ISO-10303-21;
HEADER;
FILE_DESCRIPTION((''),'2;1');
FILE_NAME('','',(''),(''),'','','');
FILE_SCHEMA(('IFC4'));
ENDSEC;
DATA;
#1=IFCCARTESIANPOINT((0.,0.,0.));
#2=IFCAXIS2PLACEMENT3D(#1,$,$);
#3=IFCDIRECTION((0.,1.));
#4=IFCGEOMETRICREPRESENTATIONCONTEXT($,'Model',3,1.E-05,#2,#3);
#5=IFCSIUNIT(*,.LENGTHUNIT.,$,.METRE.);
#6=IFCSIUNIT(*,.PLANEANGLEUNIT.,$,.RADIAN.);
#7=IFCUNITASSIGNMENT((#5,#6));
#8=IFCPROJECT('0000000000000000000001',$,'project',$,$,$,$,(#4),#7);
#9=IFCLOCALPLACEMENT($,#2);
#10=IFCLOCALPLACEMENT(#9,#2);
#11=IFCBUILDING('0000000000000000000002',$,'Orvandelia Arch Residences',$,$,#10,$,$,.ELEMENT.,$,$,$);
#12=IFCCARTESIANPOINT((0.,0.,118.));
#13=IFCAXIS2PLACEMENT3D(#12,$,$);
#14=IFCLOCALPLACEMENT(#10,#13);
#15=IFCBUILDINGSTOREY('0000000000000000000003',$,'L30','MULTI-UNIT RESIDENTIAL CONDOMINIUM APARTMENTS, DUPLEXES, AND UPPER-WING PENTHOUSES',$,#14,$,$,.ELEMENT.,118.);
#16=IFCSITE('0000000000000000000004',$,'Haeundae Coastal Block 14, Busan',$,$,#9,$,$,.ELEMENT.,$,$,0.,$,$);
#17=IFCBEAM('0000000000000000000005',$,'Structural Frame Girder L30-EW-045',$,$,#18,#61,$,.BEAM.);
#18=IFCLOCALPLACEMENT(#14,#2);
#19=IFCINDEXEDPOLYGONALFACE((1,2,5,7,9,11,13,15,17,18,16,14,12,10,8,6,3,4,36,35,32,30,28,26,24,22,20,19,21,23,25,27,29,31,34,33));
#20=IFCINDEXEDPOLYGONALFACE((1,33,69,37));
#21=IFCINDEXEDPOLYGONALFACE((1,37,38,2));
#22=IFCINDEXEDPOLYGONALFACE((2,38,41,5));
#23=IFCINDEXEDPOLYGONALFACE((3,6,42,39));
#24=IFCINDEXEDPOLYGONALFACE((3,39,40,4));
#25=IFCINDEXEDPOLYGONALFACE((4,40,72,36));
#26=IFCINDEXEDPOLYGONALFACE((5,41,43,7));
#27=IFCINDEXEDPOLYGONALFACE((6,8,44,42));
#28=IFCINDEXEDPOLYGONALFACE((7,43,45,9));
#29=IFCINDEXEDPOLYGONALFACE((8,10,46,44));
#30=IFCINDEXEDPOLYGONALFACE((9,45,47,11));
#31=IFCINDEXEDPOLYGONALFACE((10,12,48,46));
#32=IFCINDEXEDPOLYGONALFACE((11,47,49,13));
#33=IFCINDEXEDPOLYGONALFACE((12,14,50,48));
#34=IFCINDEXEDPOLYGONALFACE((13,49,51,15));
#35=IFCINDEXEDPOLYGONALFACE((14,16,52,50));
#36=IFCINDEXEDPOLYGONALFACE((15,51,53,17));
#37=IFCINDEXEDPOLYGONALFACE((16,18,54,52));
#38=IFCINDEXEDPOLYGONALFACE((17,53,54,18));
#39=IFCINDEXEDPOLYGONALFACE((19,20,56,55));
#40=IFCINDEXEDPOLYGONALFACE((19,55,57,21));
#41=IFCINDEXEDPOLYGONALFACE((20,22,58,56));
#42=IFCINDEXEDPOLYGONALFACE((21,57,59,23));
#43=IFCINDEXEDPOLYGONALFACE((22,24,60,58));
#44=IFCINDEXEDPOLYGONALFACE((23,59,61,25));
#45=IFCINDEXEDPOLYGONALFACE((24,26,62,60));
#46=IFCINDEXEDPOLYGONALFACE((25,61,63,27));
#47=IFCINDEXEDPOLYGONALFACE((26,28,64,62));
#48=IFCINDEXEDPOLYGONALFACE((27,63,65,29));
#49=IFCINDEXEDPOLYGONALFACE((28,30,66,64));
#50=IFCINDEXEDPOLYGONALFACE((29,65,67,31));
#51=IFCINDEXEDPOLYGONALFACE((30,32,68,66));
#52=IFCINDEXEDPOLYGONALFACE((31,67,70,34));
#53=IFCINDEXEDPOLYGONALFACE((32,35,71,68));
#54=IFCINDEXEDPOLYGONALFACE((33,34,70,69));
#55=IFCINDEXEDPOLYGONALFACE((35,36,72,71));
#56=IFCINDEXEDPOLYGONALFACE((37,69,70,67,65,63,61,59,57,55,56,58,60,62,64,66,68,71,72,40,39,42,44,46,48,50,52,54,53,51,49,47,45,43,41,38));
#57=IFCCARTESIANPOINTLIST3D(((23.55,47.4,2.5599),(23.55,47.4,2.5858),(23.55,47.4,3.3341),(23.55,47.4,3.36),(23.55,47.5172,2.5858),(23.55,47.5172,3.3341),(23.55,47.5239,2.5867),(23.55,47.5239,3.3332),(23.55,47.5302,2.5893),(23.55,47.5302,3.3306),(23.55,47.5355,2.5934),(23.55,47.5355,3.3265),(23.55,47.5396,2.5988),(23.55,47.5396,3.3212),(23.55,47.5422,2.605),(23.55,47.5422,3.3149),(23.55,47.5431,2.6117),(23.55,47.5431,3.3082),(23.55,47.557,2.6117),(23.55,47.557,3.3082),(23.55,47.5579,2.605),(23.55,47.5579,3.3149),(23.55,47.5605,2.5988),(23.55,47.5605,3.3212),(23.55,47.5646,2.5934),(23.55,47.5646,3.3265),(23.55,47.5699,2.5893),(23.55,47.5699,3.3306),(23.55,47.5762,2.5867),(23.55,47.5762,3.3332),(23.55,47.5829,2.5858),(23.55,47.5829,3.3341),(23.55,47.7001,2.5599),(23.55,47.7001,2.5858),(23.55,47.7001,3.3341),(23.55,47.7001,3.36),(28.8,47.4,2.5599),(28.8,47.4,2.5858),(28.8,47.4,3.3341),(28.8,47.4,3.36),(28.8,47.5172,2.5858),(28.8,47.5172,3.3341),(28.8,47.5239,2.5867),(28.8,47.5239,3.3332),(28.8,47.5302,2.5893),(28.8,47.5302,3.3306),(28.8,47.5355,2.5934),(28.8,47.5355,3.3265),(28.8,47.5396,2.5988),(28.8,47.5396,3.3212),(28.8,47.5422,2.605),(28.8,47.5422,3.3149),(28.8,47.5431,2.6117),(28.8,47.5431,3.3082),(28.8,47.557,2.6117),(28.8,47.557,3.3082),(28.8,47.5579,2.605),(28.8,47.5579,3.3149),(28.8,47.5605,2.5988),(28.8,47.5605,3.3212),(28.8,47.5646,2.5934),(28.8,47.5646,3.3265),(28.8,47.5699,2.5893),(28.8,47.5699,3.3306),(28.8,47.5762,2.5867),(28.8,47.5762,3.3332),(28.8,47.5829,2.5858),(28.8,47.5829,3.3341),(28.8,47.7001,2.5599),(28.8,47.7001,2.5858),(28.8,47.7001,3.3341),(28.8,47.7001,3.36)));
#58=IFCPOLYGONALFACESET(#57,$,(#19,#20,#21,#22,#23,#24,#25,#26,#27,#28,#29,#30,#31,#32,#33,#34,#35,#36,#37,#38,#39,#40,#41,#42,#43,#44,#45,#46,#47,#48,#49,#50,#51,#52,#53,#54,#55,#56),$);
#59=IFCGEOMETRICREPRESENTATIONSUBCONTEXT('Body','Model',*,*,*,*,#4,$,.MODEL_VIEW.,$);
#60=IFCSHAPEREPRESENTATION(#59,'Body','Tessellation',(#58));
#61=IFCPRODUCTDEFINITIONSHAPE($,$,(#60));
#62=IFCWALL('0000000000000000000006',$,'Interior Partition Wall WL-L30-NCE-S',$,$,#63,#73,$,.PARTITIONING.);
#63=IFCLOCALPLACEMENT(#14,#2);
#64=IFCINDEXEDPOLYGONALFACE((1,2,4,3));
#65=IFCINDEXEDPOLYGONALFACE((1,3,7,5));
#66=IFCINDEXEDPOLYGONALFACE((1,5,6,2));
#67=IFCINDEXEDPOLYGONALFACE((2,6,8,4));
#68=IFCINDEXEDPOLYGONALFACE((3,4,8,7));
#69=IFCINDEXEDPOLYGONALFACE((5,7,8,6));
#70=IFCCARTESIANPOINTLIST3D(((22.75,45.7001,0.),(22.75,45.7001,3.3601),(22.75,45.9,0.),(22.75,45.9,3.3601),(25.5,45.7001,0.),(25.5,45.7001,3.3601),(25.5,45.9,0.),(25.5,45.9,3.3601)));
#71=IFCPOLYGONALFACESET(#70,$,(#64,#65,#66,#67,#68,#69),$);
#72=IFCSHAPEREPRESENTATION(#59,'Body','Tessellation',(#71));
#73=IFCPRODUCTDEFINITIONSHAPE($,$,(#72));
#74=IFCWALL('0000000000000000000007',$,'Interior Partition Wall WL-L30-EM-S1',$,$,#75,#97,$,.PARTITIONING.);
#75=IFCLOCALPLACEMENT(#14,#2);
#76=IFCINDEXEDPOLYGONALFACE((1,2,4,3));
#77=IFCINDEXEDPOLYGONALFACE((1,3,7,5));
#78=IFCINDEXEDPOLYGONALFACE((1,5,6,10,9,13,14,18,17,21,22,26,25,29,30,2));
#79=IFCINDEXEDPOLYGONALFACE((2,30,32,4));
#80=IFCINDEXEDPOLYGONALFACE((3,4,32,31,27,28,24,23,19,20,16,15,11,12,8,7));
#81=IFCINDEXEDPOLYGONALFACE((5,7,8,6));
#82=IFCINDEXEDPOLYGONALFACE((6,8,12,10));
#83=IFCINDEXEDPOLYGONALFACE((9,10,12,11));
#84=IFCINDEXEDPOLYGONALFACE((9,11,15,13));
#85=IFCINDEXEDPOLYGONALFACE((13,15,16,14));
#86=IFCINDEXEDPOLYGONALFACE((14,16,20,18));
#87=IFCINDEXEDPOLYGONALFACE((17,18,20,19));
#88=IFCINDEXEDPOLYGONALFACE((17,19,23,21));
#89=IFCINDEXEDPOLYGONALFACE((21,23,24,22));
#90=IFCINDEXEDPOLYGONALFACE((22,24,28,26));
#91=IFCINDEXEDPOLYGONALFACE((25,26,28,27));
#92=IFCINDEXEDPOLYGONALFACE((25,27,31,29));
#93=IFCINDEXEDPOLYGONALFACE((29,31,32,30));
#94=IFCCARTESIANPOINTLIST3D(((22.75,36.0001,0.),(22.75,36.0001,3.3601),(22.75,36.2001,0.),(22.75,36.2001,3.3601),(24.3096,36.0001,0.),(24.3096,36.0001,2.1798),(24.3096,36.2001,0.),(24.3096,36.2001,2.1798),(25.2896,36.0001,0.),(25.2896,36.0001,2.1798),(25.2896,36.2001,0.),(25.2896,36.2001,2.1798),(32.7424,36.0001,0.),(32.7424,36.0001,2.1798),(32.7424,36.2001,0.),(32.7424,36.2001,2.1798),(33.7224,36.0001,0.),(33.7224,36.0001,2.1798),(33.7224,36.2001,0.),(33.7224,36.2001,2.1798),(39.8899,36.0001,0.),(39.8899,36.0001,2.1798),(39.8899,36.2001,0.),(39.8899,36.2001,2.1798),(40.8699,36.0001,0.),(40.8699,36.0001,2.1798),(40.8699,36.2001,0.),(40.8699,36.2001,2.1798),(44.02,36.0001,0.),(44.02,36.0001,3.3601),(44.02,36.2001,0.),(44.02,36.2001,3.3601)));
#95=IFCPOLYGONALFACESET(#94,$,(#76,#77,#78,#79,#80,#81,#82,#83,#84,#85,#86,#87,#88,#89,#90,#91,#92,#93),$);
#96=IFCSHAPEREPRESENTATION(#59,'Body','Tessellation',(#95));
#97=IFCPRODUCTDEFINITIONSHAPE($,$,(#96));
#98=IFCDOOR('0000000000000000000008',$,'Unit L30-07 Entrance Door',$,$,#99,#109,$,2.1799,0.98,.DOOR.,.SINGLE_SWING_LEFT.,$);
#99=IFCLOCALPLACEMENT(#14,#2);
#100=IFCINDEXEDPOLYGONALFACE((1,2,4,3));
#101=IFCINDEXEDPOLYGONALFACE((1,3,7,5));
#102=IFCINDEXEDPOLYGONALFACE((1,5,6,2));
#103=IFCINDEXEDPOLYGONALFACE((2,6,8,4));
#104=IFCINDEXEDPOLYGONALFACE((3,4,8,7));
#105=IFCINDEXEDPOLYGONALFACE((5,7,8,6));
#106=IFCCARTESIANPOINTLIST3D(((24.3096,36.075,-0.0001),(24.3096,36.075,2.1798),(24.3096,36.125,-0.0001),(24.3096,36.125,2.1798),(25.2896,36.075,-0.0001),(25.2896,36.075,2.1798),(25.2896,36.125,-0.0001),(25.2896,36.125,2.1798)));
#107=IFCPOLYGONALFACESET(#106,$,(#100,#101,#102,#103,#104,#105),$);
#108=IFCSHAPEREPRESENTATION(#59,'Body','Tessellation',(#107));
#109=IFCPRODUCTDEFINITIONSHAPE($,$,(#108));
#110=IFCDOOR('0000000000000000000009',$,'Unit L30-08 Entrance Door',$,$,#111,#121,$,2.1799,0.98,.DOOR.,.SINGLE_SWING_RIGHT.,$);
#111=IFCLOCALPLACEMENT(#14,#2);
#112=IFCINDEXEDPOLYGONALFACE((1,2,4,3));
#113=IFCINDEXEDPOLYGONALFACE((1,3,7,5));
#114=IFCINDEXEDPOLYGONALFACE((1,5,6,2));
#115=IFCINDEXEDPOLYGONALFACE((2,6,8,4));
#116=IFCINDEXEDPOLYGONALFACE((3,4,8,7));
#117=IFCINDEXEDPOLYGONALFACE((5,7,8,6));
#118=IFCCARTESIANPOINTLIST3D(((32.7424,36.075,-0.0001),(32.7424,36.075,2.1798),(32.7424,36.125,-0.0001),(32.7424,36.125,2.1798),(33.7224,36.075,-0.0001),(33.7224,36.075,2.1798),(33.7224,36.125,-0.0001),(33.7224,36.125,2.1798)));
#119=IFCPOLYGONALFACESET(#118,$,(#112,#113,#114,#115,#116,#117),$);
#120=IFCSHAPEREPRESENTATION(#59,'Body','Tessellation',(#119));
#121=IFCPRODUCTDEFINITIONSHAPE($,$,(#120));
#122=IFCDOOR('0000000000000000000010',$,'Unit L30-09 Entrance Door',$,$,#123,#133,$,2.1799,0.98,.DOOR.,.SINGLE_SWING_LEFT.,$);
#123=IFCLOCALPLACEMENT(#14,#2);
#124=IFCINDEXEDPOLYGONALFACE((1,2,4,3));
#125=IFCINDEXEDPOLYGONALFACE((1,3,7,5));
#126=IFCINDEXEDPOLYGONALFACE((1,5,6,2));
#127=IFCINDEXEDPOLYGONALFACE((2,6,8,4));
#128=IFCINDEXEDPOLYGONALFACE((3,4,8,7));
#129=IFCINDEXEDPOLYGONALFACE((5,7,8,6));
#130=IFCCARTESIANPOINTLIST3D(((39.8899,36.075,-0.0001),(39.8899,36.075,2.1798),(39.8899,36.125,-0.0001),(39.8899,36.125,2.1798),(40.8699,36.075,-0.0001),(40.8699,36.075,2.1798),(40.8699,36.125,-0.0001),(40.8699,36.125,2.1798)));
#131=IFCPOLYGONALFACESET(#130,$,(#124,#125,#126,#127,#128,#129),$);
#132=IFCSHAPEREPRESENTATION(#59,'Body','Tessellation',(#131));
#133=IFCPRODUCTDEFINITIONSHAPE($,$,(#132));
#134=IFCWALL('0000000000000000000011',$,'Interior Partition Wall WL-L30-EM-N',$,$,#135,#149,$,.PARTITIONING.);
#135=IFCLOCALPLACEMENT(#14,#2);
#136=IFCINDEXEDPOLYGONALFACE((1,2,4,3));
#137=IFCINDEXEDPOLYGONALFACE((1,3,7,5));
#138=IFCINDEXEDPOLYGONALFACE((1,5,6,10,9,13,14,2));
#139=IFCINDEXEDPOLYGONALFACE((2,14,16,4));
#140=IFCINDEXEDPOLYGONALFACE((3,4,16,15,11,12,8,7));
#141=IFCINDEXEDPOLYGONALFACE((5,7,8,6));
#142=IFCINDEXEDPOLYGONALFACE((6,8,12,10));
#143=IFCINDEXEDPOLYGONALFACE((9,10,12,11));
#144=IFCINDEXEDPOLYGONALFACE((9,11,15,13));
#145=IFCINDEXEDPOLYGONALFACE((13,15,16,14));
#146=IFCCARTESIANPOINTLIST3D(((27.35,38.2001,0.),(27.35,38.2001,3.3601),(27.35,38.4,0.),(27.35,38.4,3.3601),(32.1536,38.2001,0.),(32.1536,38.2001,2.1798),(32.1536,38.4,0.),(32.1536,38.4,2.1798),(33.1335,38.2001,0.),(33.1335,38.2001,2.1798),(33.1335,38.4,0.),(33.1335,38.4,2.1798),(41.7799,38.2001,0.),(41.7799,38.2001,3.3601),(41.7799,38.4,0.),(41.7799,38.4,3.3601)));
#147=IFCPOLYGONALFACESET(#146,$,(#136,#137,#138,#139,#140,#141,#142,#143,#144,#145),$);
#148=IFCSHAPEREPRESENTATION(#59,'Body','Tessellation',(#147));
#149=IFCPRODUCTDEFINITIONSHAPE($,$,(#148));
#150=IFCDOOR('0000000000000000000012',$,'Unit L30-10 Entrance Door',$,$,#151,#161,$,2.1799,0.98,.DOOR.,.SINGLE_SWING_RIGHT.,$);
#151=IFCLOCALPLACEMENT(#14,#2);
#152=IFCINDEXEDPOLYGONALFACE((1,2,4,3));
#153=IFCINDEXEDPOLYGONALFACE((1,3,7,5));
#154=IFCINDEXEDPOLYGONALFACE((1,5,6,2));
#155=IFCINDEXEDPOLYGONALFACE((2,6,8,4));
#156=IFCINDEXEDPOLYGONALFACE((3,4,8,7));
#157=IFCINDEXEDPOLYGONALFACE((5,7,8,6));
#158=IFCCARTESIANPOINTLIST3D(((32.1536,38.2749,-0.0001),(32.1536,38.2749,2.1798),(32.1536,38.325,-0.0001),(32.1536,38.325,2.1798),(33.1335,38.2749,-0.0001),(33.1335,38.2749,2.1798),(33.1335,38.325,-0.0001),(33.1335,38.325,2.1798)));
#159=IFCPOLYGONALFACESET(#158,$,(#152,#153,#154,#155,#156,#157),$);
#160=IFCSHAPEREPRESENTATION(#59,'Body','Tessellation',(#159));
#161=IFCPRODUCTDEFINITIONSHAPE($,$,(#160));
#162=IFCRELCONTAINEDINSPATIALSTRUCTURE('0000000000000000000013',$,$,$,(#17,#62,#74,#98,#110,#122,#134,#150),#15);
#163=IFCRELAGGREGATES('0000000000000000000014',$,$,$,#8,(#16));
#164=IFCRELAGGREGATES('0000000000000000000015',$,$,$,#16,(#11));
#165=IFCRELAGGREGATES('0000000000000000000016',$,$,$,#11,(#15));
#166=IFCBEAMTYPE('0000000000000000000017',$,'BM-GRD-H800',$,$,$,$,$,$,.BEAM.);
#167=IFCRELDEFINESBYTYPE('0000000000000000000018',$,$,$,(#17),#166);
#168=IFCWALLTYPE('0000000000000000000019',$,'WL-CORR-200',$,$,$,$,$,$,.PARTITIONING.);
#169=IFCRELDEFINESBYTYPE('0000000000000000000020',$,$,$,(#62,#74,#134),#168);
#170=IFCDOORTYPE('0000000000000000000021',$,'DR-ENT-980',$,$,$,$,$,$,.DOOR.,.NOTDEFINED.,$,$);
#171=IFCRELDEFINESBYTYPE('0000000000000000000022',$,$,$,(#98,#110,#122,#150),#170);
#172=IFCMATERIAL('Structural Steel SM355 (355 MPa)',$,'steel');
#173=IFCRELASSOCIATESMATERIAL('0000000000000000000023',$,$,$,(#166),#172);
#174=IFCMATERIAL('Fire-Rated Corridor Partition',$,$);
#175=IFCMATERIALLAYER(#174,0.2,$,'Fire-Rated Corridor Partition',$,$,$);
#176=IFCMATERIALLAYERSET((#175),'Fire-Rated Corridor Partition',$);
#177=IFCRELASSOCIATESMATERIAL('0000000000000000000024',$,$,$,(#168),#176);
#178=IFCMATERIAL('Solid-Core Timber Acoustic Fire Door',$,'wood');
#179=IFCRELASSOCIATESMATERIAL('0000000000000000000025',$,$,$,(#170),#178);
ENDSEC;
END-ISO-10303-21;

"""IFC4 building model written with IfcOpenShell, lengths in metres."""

from ifc_helpers import new_model, si_unit, direction, frame, frame_2d, origin, origin_2d, place, context, subcontext, project, spatial, rectangle, i_section, extrude, material, layer, layer_set, material_profile, profile_set, type_object, element, fill, save


model = new_model("IFC4")

# Units and contexts
model_context = context("Model", 3, precision=1e-05, world=origin(), true_north=direction((0.0, 1.0)))
body_context = subcontext(model_context, "Body", "Model", "MODEL_VIEW")
ifc_project = project(units=[si_unit("LENGTHUNIT", "METRE"), si_unit("PLANEANGLEUNIT", "RADIAN")], contexts=[model_context])

# Site, building, storey
site_placement = place(None, origin())
site = spatial("IfcSite", under=ifc_project, at=site_placement, Name="Haeundae Coastal Block 14, Busan", CompositionType="ELEMENT", RefElevation=0.0)
building_placement = place(site_placement, origin())
building = spatial("IfcBuilding", under=site, at=building_placement, Name="Orvandelia Arch Residences", CompositionType="ELEMENT")
storey_placement = place(building_placement, frame((0.0, 0.0, 118.0)))
storey = spatial("IfcBuildingStorey", under=building, at=storey_placement, Name="L30", Description="MULTI-UNIT RESIDENTIAL CONDOMINIUM APARTMENTS, DUPLEXES, AND UPPER-WING PENTHOUSES", CompositionType="ELEMENT", Elevation=118.0)

# Beam
ifc_material_1 = material(Name="Structural Steel SM355 (355 MPa)", Category="steel")
ifc_material_profile_1 = material_profile(ifc_material_1, i_section(OverallWidth=0.3, OverallDepth=0.8, WebThickness=0.0139, FlangeThickness=0.0259, FilletRadius=0.0259, at=origin_2d()), Name="Structural Steel SM355 (355 MPa)", Category="steel")
ifc_profile_set_1 = profile_set([ifc_material_profile_1], Name="Structural Steel SM355 (355 MPa)")
beam_type = type_object("IfcBeamType", Name="BM-GRD-H800", PredefinedType="BEAM", material=ifc_profile_set_1)
beam_1_placement = place(storey_placement, frame((23.55, 47.55, 2.96), z_axis=(1.0, 0.0, 0.0), x_axis=(0.0, 1.0, 0.0)))
element("IfcBeam", 1, at=beam_1_placement, inside=storey, type_object=beam_type, Name="Structural Frame Girder L30-EW-045", PredefinedType="BEAM", context=body_context, shape_type="SweptSolid", body=[
    extrude(i_section(OverallWidth=0.3, OverallDepth=0.8, WebThickness=0.0139, FlangeThickness=0.0259, FilletRadius=0.0259, at=origin_2d()), origin(), (0.0, 0.0, 1.0), 5.25),
])

# Wall
ifc_material_2 = material(Name="Fire-Rated Corridor Partition")
ifc_layer_1 = layer(ifc_material_2, 0.2, Name="Fire-Rated Corridor Partition")
ifc_layer_set_1 = layer_set([ifc_layer_1], Name="Fire-Rated Corridor Partition")
wall_type_1 = type_object("IfcWallType", Name="WL-CORR-200", PredefinedType="PARTITIONING", material=ifc_layer_set_1)
wall_1_placement = place(storey_placement, frame((22.75, 45.8, 0.0), z_axis=(0.0, 0.0, 1.0), x_axis=(1.0, 0.0, 0.0)))
element("IfcWall", 2, at=wall_1_placement, inside=storey, type_object=wall_type_1, Name="Interior Partition Wall WL-L30-NCE-S", PredefinedType="PARTITIONING", context=body_context, shape_type="SweptSolid", body=[
    extrude(rectangle(XDim=2.75, YDim=0.2, at=frame_2d((1.375, 0.0))), origin(), (0.0, 0.0, 1.0), 3.3601),
])

# Wall, openings, doors
wall_2_placement = place(storey_placement, frame((22.75, 36.1001, 0.0), z_axis=(0.0, 0.0, 1.0), x_axis=(1.0, 0.0, 0.0)))
wall_2 = element("IfcWall", 3, at=wall_2_placement, inside=storey, type_object=wall_type_1, Name="Interior Partition Wall WL-L30-EM-S1", PredefinedType="PARTITIONING", context=body_context, shape_type="SweptSolid", body=[
    extrude(rectangle(XDim=21.27, YDim=0.2, at=frame_2d((10.635, 0.0))), origin(), (0.0, 0.0, 1.0), 3.3601),
])
opening_1_placement = place(wall_2_placement, frame((1.5596, 0.0, 0.0)))
opening_1 = element("IfcOpeningElement", 4, at=opening_1_placement, cuts=wall_2, PredefinedType="OPENING", context=body_context, shape_type="SweptSolid", body=[
    extrude(rectangle(XDim=0.98, YDim=2.1799, at=frame_2d((0.49, 1.0898))), frame((0.0, 0.1099, 0.0), z_axis=(0.0, -1.0, 0.0), x_axis=(1.0, 0.0, 0.0)), (0.0, 0.0, 1.0), 0.22),
])
opening_2_placement = place(wall_2_placement, frame((9.9924, 0.0, 0.0)))
opening_2 = element("IfcOpeningElement", 5, at=opening_2_placement, cuts=wall_2, PredefinedType="OPENING", context=body_context, shape_type="SweptSolid", body=[
    extrude(rectangle(XDim=0.98, YDim=2.1799, at=frame_2d((0.49, 1.0898))), frame((0.0, 0.1099, 0.0), z_axis=(0.0, -1.0, 0.0), x_axis=(1.0, 0.0, 0.0)), (0.0, 0.0, 1.0), 0.22),
])
opening_3_placement = place(wall_2_placement, frame((17.1399, 0.0, 0.0)))
opening_3 = element("IfcOpeningElement", 6, at=opening_3_placement, cuts=wall_2, PredefinedType="OPENING", context=body_context, shape_type="SweptSolid", body=[
    extrude(rectangle(XDim=0.98, YDim=2.1799, at=frame_2d((0.49, 1.0898))), frame((0.0, 0.1099, 0.0), z_axis=(0.0, -1.0, 0.0), x_axis=(1.0, 0.0, 0.0)), (0.0, 0.0, 1.0), 0.22),
])
ifc_material_3 = material(Name="Solid-Core Timber Acoustic Fire Door", Category="wood")
door_type_1 = type_object("IfcDoorType", Name="DR-ENT-980", OperationType="NOTDEFINED", PredefinedType="DOOR", material=ifc_material_3)
door_1_placement = place(opening_1_placement, origin())
door_1 = element("IfcDoor", 7, at=door_1_placement, inside=storey, type_object=door_type_1, Name="Unit L30-07 Entrance Door", OperationType="SINGLE_SWING_LEFT", OverallHeight=2.1799, OverallWidth=0.98, PredefinedType="DOOR", context=body_context, shape_type="SweptSolid", body=[
    extrude(rectangle(XDim=0.98, YDim=2.1799, at=frame_2d((0.49, 1.0898))), frame((0.0, 0.0249, 0.0), z_axis=(0.0, -1.0, 0.0), x_axis=(1.0, 0.0, 0.0)), (0.0, 0.0, 1.0), 0.05),
])
fill(opening_1, door_1)
door_2_placement = place(opening_2_placement, origin())
door_2 = element("IfcDoor", 8, at=door_2_placement, inside=storey, type_object=door_type_1, Name="Unit L30-08 Entrance Door", OperationType="SINGLE_SWING_RIGHT", OverallHeight=2.1799, OverallWidth=0.98, PredefinedType="DOOR", context=body_context, shape_type="SweptSolid", body=[
    extrude(rectangle(XDim=0.98, YDim=2.1799, at=frame_2d((0.49, 1.0898))), frame((0.0, 0.0249, 0.0), z_axis=(0.0, -1.0, 0.0), x_axis=(1.0, 0.0, 0.0)), (0.0, 0.0, 1.0), 0.05),
])
fill(opening_2, door_2)
door_3_placement = place(opening_3_placement, origin())
door_3 = element("IfcDoor", 9, at=door_3_placement, inside=storey, type_object=door_type_1, Name="Unit L30-09 Entrance Door", OperationType="SINGLE_SWING_LEFT", OverallHeight=2.1799, OverallWidth=0.98, PredefinedType="DOOR", context=body_context, shape_type="SweptSolid", body=[
    extrude(rectangle(XDim=0.98, YDim=2.1799, at=frame_2d((0.49, 1.0898))), frame((0.0, 0.0249, 0.0), z_axis=(0.0, -1.0, 0.0), x_axis=(1.0, 0.0, 0.0)), (0.0, 0.0, 1.0), 0.05),
])
fill(opening_3, door_3)

# Wall, opening, door
wall_3_placement = place(storey_placement, frame((27.3501, 38.3, 0.0), z_axis=(0.0, 0.0, 1.0), x_axis=(1.0, 0.0, 0.0)))
wall_3 = element("IfcWall", 10, at=wall_3_placement, inside=storey, type_object=wall_type_1, Name="Interior Partition Wall WL-L30-EM-N", PredefinedType="PARTITIONING", context=body_context, shape_type="SweptSolid", body=[
    extrude(rectangle(XDim=14.4299, YDim=0.2, at=frame_2d((7.2148, 0.0))), origin(), (0.0, 0.0, 1.0), 3.3601),
])
opening_4_placement = place(wall_3_placement, frame((4.8035, 0.0, 0.0)))
opening_4 = element("IfcOpeningElement", 11, at=opening_4_placement, cuts=wall_3, PredefinedType="OPENING", context=body_context, shape_type="SweptSolid", body=[
    extrude(rectangle(XDim=0.98, YDim=2.1799, at=frame_2d((0.49, 1.0898))), frame((0.0, 0.1099, 0.0), z_axis=(0.0, -1.0, 0.0), x_axis=(1.0, 0.0, 0.0)), (0.0, 0.0, 1.0), 0.22),
])
door_4_placement = place(opening_4_placement, origin())
door_4 = element("IfcDoor", 12, at=door_4_placement, inside=storey, type_object=door_type_1, Name="Unit L30-10 Entrance Door", OperationType="SINGLE_SWING_RIGHT", OverallHeight=2.1799, OverallWidth=0.98, PredefinedType="DOOR", context=body_context, shape_type="SweptSolid", body=[
    extrude(rectangle(XDim=0.98, YDim=2.1799, at=frame_2d((0.49, 1.0898))), frame((0.0, 0.0249, 0.0), z_axis=(0.0, -1.0, 0.0), x_axis=(1.0, 0.0, 0.0)), (0.0, 0.0, 1.0), 0.05),
])
fill(opening_4, door_4)

save(model, "model.ifc")
